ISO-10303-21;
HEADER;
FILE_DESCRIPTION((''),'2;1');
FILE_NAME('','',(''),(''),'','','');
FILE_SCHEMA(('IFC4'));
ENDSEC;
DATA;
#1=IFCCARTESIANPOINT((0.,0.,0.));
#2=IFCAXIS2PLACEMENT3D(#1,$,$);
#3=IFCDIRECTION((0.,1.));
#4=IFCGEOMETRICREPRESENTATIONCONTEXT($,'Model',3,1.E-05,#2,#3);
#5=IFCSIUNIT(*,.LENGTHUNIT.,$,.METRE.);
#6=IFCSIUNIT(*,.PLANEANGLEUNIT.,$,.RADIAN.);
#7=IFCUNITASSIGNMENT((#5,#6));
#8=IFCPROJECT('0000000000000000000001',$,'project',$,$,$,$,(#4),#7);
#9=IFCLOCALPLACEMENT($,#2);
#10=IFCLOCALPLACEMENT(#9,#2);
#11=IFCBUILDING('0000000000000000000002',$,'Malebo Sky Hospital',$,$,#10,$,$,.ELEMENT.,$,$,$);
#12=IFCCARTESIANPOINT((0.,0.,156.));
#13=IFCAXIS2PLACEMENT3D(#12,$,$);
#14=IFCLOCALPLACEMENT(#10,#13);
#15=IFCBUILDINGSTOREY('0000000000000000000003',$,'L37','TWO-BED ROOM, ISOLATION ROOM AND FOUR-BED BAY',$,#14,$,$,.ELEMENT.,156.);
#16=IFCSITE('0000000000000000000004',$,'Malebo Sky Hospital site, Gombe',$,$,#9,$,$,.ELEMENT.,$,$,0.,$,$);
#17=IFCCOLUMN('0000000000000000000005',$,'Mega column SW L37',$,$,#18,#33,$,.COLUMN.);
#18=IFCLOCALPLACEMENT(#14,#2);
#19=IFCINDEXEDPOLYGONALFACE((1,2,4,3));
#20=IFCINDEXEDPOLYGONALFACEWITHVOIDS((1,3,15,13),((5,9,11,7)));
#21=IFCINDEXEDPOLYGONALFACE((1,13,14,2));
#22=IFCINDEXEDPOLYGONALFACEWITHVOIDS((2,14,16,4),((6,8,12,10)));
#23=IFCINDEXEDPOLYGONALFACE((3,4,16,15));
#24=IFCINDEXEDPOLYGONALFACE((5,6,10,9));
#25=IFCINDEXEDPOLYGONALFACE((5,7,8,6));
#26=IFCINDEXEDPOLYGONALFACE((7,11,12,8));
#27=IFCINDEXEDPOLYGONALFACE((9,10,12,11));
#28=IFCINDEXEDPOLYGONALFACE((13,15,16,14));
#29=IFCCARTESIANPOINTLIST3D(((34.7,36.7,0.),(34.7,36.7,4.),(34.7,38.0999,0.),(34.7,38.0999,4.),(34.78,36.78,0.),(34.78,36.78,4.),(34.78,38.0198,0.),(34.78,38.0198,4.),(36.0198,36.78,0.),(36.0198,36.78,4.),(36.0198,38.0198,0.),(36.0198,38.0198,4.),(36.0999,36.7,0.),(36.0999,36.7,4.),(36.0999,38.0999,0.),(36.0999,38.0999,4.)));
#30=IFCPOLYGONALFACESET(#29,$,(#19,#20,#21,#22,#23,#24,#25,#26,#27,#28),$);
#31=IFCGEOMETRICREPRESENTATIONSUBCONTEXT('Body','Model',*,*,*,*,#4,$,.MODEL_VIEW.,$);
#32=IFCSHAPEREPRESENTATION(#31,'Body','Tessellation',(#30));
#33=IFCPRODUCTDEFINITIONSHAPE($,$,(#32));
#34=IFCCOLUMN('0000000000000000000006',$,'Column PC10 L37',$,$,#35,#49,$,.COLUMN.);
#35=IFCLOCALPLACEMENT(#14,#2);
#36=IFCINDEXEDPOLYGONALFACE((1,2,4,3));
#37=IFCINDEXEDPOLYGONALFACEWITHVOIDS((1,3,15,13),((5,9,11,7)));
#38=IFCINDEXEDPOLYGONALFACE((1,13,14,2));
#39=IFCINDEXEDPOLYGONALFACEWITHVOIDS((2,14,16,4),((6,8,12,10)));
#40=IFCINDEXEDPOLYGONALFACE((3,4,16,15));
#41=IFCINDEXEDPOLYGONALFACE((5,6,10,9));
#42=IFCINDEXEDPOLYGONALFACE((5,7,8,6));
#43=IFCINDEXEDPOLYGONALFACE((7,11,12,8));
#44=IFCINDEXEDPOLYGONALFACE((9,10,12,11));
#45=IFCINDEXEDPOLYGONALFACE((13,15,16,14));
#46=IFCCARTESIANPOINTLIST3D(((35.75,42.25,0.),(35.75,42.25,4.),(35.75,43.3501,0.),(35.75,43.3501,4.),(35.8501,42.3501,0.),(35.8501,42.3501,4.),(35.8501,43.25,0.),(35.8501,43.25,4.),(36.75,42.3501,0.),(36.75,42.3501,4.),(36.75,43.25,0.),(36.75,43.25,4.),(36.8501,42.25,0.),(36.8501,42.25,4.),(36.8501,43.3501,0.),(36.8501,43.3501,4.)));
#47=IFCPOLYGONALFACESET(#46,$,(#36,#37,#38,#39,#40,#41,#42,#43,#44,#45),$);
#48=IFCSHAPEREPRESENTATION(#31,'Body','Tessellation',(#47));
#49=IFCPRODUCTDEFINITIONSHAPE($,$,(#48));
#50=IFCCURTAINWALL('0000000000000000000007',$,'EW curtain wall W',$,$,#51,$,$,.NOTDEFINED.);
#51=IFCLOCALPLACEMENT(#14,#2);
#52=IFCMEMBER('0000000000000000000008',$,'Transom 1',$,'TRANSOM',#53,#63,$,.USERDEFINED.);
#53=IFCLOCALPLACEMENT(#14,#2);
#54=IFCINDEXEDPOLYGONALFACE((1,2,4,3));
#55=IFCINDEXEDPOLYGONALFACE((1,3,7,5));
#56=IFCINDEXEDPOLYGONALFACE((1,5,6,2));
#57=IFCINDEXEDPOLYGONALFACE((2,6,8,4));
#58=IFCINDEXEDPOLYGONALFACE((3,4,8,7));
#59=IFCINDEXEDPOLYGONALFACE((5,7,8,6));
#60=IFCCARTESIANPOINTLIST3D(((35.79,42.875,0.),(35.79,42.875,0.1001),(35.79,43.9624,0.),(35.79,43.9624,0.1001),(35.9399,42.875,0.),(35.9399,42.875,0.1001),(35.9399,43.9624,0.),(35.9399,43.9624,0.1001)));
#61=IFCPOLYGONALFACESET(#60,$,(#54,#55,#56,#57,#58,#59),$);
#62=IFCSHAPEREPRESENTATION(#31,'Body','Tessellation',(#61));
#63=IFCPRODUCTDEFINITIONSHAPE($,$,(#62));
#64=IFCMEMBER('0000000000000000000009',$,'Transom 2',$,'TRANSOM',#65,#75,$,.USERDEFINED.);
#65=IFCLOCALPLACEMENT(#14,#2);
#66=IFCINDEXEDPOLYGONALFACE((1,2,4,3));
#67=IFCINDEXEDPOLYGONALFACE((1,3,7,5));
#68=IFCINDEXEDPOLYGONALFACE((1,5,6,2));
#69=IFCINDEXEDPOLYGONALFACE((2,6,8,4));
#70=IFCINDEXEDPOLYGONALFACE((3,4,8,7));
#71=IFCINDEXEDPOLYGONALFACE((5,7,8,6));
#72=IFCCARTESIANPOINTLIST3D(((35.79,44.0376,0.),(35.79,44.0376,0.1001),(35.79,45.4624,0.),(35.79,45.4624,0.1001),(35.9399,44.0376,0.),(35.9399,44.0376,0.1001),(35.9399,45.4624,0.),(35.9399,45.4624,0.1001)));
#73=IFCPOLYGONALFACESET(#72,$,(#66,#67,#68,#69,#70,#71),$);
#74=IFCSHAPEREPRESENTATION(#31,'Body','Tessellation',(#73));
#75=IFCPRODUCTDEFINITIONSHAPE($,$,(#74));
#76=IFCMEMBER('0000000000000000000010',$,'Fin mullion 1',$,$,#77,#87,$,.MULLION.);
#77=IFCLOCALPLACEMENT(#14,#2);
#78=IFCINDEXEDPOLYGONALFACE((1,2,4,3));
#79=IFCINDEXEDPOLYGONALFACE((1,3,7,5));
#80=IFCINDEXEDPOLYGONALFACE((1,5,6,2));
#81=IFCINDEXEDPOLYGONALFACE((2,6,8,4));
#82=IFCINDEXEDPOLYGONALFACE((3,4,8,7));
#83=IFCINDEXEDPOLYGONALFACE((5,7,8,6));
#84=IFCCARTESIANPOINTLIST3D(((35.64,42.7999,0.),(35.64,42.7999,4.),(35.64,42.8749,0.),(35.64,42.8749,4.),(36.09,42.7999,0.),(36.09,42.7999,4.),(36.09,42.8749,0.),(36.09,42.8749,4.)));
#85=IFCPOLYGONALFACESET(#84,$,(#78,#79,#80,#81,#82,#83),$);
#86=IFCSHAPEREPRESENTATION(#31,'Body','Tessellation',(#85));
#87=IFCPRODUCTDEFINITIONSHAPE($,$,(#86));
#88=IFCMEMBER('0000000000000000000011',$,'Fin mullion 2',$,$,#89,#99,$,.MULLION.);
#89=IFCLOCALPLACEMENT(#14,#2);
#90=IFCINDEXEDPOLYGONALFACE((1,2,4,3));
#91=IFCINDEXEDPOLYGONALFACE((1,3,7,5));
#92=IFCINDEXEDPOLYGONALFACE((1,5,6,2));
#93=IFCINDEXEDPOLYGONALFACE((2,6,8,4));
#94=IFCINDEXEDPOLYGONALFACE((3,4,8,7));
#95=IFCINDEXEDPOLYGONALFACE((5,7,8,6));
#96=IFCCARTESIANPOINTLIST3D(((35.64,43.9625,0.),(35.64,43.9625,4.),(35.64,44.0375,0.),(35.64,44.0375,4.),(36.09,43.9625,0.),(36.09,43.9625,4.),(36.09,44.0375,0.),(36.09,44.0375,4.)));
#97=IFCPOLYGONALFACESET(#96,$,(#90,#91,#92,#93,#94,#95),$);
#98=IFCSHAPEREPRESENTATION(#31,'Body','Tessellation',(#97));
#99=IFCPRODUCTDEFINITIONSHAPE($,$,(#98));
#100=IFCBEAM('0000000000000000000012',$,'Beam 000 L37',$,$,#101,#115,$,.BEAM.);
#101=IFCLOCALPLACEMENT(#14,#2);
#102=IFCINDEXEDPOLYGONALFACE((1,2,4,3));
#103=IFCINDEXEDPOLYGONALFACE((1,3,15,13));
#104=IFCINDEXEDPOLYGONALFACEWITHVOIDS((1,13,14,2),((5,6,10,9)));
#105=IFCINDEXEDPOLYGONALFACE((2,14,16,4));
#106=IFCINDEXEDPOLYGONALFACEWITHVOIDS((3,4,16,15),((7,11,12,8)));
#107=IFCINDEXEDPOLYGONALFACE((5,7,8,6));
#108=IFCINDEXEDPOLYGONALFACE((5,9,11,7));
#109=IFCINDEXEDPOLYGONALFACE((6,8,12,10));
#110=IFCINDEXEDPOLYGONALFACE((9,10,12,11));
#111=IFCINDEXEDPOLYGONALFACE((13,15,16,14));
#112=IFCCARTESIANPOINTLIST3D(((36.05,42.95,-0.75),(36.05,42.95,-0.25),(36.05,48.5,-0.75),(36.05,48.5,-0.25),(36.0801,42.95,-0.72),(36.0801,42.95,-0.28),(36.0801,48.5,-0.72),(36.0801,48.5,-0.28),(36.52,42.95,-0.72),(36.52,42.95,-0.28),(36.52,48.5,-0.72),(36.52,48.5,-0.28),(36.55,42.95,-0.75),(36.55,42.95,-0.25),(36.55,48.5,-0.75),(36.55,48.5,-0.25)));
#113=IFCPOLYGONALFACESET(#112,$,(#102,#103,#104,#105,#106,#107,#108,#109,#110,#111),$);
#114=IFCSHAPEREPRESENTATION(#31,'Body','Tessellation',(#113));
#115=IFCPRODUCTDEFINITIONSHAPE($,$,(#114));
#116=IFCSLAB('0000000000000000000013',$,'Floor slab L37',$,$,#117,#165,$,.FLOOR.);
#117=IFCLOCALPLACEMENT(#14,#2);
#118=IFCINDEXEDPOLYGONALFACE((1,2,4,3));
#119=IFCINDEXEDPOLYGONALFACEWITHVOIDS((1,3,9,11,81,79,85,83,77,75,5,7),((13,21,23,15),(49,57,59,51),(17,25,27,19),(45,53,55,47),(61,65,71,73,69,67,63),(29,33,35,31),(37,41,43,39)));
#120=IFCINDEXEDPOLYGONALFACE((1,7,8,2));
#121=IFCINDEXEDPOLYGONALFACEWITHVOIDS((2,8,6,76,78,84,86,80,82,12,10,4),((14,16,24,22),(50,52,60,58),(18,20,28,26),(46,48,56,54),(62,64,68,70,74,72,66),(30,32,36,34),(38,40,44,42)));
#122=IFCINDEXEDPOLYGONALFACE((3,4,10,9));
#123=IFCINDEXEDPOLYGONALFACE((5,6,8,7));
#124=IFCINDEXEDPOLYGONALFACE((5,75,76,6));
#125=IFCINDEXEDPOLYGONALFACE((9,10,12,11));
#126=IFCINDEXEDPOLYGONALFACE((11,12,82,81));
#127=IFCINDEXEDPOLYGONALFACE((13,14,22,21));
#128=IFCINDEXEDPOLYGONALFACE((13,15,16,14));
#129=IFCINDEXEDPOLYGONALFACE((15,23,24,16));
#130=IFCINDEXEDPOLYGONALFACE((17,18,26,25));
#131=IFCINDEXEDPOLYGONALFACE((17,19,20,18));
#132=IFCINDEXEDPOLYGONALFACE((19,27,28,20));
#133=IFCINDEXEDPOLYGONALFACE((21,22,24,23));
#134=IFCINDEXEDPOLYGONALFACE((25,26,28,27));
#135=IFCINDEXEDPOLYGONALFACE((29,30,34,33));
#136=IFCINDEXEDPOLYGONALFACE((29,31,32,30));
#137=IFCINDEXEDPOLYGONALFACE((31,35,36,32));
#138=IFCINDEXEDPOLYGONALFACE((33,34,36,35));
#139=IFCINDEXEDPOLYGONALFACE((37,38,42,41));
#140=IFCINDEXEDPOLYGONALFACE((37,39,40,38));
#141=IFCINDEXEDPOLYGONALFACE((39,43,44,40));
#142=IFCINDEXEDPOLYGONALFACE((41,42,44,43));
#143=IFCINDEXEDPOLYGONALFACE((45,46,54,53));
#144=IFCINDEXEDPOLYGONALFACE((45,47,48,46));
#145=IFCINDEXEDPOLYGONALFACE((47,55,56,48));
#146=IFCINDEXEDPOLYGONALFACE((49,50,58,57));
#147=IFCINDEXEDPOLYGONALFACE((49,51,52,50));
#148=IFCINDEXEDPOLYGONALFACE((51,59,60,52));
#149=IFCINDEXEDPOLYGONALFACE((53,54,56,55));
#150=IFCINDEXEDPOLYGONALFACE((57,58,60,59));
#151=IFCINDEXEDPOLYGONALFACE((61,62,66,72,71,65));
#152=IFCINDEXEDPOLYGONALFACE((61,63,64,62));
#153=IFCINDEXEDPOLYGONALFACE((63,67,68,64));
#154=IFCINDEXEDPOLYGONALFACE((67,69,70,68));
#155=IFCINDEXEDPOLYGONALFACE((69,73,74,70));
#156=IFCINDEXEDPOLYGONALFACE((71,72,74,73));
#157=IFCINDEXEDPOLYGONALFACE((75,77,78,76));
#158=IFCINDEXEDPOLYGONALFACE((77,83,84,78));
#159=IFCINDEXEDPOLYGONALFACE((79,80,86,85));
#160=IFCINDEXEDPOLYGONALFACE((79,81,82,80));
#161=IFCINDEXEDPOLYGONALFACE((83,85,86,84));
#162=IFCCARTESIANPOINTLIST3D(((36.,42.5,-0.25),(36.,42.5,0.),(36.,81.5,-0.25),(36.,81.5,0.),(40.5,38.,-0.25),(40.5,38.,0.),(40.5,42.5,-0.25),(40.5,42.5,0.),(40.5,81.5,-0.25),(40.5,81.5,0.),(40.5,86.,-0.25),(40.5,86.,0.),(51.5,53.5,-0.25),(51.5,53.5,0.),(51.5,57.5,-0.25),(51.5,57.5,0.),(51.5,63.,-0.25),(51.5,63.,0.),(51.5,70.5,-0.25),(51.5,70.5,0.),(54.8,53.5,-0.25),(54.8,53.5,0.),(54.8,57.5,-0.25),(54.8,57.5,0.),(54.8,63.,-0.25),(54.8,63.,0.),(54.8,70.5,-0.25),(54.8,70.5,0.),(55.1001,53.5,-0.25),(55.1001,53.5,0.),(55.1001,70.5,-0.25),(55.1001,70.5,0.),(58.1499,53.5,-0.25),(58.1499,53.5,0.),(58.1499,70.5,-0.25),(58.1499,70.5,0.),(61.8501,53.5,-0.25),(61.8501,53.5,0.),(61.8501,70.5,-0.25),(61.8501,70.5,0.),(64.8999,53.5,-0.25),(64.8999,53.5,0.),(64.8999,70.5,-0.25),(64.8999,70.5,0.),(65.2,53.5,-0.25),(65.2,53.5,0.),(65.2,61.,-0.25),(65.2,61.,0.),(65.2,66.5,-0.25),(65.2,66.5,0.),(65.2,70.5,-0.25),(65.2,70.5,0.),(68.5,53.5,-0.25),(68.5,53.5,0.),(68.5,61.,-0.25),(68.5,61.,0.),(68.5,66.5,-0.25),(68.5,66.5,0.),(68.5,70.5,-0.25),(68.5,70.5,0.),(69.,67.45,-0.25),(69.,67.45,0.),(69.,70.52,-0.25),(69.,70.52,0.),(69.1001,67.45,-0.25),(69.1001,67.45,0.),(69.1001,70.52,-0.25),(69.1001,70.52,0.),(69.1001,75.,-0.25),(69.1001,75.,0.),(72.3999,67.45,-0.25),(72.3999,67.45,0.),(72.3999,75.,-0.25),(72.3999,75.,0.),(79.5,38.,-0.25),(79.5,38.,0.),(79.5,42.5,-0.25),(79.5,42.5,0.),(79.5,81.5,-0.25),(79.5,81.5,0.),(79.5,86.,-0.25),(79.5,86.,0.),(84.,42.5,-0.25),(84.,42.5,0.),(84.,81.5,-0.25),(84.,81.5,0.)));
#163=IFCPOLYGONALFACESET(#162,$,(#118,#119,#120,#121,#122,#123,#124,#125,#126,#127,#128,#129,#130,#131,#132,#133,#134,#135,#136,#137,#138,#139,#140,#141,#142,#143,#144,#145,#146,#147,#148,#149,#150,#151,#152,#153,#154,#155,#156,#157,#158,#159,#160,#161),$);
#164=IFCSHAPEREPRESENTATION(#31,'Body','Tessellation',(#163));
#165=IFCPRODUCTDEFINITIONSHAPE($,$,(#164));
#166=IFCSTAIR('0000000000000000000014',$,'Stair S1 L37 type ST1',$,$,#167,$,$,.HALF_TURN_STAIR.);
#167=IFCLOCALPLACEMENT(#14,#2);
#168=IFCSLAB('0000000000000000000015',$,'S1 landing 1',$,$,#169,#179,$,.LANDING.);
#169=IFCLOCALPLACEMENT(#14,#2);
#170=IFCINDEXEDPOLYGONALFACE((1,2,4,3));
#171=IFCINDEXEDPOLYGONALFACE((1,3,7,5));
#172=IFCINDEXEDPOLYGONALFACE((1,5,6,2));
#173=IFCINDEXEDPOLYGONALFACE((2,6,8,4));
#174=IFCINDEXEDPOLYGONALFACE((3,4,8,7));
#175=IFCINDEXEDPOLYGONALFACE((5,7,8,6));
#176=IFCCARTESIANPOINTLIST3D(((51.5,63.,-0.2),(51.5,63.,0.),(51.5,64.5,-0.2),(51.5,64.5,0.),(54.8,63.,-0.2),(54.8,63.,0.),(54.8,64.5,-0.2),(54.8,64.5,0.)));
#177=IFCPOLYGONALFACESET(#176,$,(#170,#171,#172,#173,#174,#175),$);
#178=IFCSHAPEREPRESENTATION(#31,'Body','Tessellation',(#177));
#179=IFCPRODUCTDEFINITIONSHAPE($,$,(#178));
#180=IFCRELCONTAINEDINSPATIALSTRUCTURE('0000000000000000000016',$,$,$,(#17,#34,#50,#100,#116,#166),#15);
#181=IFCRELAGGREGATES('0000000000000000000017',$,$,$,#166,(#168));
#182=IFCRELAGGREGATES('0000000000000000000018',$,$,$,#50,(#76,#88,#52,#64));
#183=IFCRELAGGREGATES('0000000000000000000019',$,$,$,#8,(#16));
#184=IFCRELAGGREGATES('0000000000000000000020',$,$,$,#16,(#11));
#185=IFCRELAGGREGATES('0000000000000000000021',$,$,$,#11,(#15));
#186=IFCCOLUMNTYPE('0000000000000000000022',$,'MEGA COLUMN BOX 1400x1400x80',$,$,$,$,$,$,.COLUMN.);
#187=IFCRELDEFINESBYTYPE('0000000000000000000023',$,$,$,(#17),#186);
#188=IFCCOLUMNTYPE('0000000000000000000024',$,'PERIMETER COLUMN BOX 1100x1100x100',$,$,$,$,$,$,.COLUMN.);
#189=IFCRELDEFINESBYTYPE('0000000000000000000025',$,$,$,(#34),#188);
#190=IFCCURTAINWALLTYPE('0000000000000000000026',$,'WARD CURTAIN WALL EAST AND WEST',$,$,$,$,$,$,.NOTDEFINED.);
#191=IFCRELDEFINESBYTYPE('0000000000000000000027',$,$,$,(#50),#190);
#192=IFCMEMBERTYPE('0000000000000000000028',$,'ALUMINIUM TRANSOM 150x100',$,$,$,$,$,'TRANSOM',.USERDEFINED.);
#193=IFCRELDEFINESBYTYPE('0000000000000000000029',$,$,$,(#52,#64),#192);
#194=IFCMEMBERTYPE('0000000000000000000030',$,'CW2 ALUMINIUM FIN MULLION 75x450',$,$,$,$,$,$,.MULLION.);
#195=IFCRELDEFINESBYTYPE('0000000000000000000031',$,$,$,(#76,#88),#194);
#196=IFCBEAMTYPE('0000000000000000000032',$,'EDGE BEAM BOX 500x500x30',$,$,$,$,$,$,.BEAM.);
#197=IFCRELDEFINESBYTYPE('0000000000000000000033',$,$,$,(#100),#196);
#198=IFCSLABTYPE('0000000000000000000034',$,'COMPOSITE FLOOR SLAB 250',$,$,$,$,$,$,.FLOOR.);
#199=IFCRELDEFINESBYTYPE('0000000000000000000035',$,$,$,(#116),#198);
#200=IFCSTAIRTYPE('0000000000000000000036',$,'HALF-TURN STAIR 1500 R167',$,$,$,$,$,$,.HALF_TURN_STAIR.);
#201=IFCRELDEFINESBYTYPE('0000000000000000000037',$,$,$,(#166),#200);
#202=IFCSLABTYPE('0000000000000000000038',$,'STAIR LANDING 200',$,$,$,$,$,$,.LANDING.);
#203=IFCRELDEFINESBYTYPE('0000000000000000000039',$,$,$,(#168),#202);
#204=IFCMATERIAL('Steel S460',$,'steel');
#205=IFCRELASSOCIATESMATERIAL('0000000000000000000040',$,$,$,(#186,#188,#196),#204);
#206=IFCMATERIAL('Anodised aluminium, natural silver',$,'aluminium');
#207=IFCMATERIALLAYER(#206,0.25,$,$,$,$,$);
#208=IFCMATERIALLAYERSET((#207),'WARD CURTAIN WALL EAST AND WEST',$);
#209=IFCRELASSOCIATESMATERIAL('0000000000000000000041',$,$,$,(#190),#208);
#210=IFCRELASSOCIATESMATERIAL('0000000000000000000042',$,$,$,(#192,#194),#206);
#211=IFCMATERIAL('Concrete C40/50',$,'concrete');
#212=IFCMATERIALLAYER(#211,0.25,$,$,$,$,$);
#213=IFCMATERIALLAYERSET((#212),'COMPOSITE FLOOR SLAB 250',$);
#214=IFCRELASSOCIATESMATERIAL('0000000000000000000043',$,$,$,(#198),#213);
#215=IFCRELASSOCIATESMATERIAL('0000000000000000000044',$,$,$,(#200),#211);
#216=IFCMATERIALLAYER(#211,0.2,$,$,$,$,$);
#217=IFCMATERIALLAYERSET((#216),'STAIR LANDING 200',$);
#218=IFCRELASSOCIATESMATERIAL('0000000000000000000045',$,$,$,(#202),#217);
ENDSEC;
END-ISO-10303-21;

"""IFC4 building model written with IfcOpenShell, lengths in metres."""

from ifc_helpers import new_model, si_unit, direction, frame, origin, origin_2d, place, context, subcontext, project, spatial, polyline, rectangle, hollow_rectangle, outline, extrude, material, layer, layer_set, material_profile, profile_set, type_object, element, aggregate, save


model = new_model("IFC4")

# Units and contexts
model_context = context("Model", 3, precision=1e-05, world=origin(), true_north=direction((0.0, 1.0)))
body_context = subcontext(model_context, "Body", "Model", "MODEL_VIEW")
ifc_project = project(units=[si_unit("LENGTHUNIT", "METRE"), si_unit("PLANEANGLEUNIT", "RADIAN")], contexts=[model_context])

# Site, building, storey
site_placement = place(None, origin())
site = spatial("IfcSite", under=ifc_project, at=site_placement, Name="Malebo Sky Hospital site, Gombe", CompositionType="ELEMENT", RefElevation=0.0)
building_placement = place(site_placement, origin())
building = spatial("IfcBuilding", under=site, at=building_placement, Name="Malebo Sky Hospital", CompositionType="ELEMENT")
storey_placement = place(building_placement, frame((0.0, 0.0, 156.0)))
storey = spatial("IfcBuildingStorey", under=building, at=storey_placement, Name="L37", Description="TWO-BED ROOM, ISOLATION ROOM AND FOUR-BED BAY", CompositionType="ELEMENT", Elevation=156.0)

# Columns
ifc_material_1 = material(Name="Steel S460", Category="steel")
ifc_material_profile_1 = material_profile(ifc_material_1, hollow_rectangle(XDim=1.3999, YDim=1.3999, WallThickness=0.0801, at=origin_2d()), Name="BOX 1400x1400x80")
ifc_profile_set_1 = profile_set([ifc_material_profile_1], Name="Steel S460")
column_type_1 = type_object("IfcColumnType", Name="MEGA COLUMN BOX 1400x1400x80", PredefinedType="COLUMN", material=ifc_profile_set_1)
column_1_placement = place(storey_placement, frame((35.3999, 37.3999, 0.0), z_axis=(0.0, 0.0, 1.0), x_axis=(1.0, 0.0, 0.0)))
element("IfcColumn", 1, at=column_1_placement, inside=storey, type_object=column_type_1, Name="Mega column SW L37", PredefinedType="COLUMN", context=body_context, shape_type="SweptSolid", body=[
    extrude(hollow_rectangle(XDim=1.3999, YDim=1.3999, WallThickness=0.0801, at=origin_2d()), origin(), (0.0, 0.0, 1.0), 4.0),
])
ifc_material_profile_2 = material_profile(ifc_material_1, hollow_rectangle(XDim=1.1001, YDim=1.1001, WallThickness=0.1001, at=origin_2d()), Name="BOX 1100x1100x100")
ifc_profile_set_2 = profile_set([ifc_material_profile_2], Name="Steel S460")
column_type_2 = type_object("IfcColumnType", Name="PERIMETER COLUMN BOX 1100x1100x100", PredefinedType="COLUMN", material=ifc_profile_set_2)
column_2_placement = place(storey_placement, frame((36.3, 42.8, 0.0), z_axis=(0.0, 0.0, 1.0), x_axis=(1.0, 0.0, 0.0)))
element("IfcColumn", 2, at=column_2_placement, inside=storey, type_object=column_type_2, Name="Column PC10 L37", PredefinedType="COLUMN", context=body_context, shape_type="SweptSolid", body=[
    extrude(hollow_rectangle(XDim=1.1001, YDim=1.1001, WallThickness=0.1001, at=origin_2d()), origin(), (0.0, 0.0, 1.0), 4.0),
])

# Curtain wall, members
ifc_material_2 = material(Name="Anodised aluminium, natural silver", Category="aluminium")
ifc_layer_1 = layer(ifc_material_2, 0.25)
ifc_layer_set_1 = layer_set([ifc_layer_1], Name="WARD CURTAIN WALL EAST AND WEST")
curtain_wall_type = type_object("IfcCurtainWallType", Name="WARD CURTAIN WALL EAST AND WEST", PredefinedType="NOTDEFINED", material=ifc_layer_set_1)
curtain_wall_placement = place(storey_placement, origin())
curtain_wall = element("IfcCurtainWall", 3, at=curtain_wall_placement, inside=storey, type_object=curtain_wall_type, Name="EW curtain wall W", PredefinedType="NOTDEFINED")
ifc_material_profile_3 = material_profile(ifc_material_2, rectangle(XDim=0.1499, YDim=0.1001, at=origin_2d()), Name="ALUMINIUM TRANSOM 150x100")
ifc_profile_set_3 = profile_set([ifc_material_profile_3], Name="Anodised aluminium, natural silver")
member_type_1 = type_object("IfcMemberType", Name="ALUMINIUM TRANSOM 150x100", ElementType="TRANSOM", PredefinedType="USERDEFINED", material=ifc_profile_set_3)
member_1_placement = place(storey_placement, frame((35.865, 42.875, 0.05), z_axis=(0.0, 1.0, 0.0), x_axis=(-1.0, 0.0, 0.0)))
member_1 = element("IfcMember", 4, at=member_1_placement, type_object=member_type_1, Name="Transom 1", ObjectType="TRANSOM", PredefinedType="USERDEFINED", context=body_context, shape_type="SweptSolid", body=[
    extrude(rectangle(XDim=0.1499, YDim=0.1001, at=origin_2d()), origin(), (0.0, 0.0, 1.0), 1.0874),
])
member_2_placement = place(storey_placement, frame((35.865, 44.0376, 0.05), z_axis=(0.0, 1.0, 0.0), x_axis=(-1.0, 0.0, 0.0)))
member_2 = element("IfcMember", 5, at=member_2_placement, type_object=member_type_1, Name="Transom 2", ObjectType="TRANSOM", PredefinedType="USERDEFINED", context=body_context, shape_type="SweptSolid", body=[
    extrude(rectangle(XDim=0.1499, YDim=0.1001, at=origin_2d()), origin(), (0.0, 0.0, 1.0), 1.4248),
])
ifc_material_profile_4 = material_profile(ifc_material_2, rectangle(XDim=0.075, YDim=0.45, at=origin_2d()), Name="CW2 ALUMINIUM FIN MULLION 75x450")
ifc_profile_set_4 = profile_set([ifc_material_profile_4], Name="Anodised aluminium, natural silver")
member_type_2 = type_object("IfcMemberType", Name="CW2 ALUMINIUM FIN MULLION 75x450", PredefinedType="MULLION", material=ifc_profile_set_4)
member_3_placement = place(storey_placement, frame((35.865, 42.8374, 0.0), z_axis=(0.0, 0.0, 1.0), x_axis=(0.0, 1.0, 0.0)))
member_3 = element("IfcMember", 6, at=member_3_placement, type_object=member_type_2, Name="Fin mullion 1", PredefinedType="MULLION", context=body_context, shape_type="SweptSolid", body=[
    extrude(rectangle(XDim=0.075, YDim=0.45, at=origin_2d()), origin(), (0.0, 0.0, 1.0), 4.0),
])
member_4_placement = place(storey_placement, frame((35.865, 44.0, 0.0), z_axis=(0.0, 0.0, 1.0), x_axis=(0.0, 1.0, 0.0)))
member_4 = element("IfcMember", 7, at=member_4_placement, type_object=member_type_2, Name="Fin mullion 2", PredefinedType="MULLION", context=body_context, shape_type="SweptSolid", body=[
    extrude(rectangle(XDim=0.075, YDim=0.45, at=origin_2d()), origin(), (0.0, 0.0, 1.0), 4.0),
])

# Beam
ifc_material_profile_5 = material_profile(ifc_material_1, hollow_rectangle(XDim=0.5, YDim=0.5, WallThickness=0.03, at=origin_2d()), Name="BOX 500x500x30")
ifc_profile_set_5 = profile_set([ifc_material_profile_5], Name="Steel S460")
beam_type = type_object("IfcBeamType", Name="EDGE BEAM BOX 500x500x30", PredefinedType="BEAM", material=ifc_profile_set_5)
beam_placement = place(storey_placement, frame((36.3, 42.95, -0.5), z_axis=(0.0, 1.0, 0.0), x_axis=(-1.0, 0.0, 0.0)))
element("IfcBeam", 8, at=beam_placement, inside=storey, type_object=beam_type, Name="Beam 000 L37", PredefinedType="BEAM", context=body_context, shape_type="SweptSolid", body=[
    extrude(hollow_rectangle(XDim=0.5, YDim=0.5, WallThickness=0.03, at=origin_2d()), origin(), (0.0, 0.0, 1.0), 5.55),
])

# Slab
ifc_material_3 = material(Name="Concrete C40/50", Category="concrete")
ifc_layer_2 = layer(ifc_material_3, 0.25)
ifc_layer_set_2 = layer_set([ifc_layer_2], Name="COMPOSITE FLOOR SLAB 250")
slab_type_1 = type_object("IfcSlabType", Name="COMPOSITE FLOOR SLAB 250", PredefinedType="FLOOR", material=ifc_layer_set_2)
slab_1_placement = place(storey_placement, frame((0.0, 0.0, -0.25)))
element("IfcSlab", 9, at=slab_1_placement, inside=storey, type_object=slab_type_1, Name="Floor slab L37", PredefinedType="FLOOR", context=body_context, shape_type="SweptSolid", body=[
    extrude(outline(polyline([(40.5, 86.0), (40.5, 81.5), (36.0, 81.5), (36.0, 42.5), (40.5, 42.5), (40.5, 38.0), (79.5, 38.0), (79.5, 42.5), (84.0, 42.5), (84.0, 81.5), (79.5, 81.5), (79.5, 86.0), (40.5, 86.0)]), holes=[polyline([(55.1001, 70.5), (58.1499, 70.5), (58.1499, 53.5), (55.1001, 53.5), (55.1001, 70.5)]), polyline([(64.8999, 70.5), (64.8999, 53.5), (61.8501, 53.5), (61.8501, 70.5), (64.8999, 70.5)]), polyline([(54.8, 63.0), (51.5, 63.0), (51.5, 70.5), (54.8, 70.5), (54.8, 63.0)]), polyline([(51.5, 53.5), (51.5, 57.5), (54.8, 57.5), (54.8, 53.5), (51.5, 53.5)]), polyline([(65.2, 61.0), (68.5, 61.0), (68.5, 53.5), (65.2, 53.5), (65.2, 61.0)]), polyline([(68.5, 70.5), (68.5, 66.5), (65.2, 66.5), (65.2, 70.5), (68.5, 70.5)]), polyline([(69.0, 67.45), (69.0, 70.52), (69.1001, 70.52), (69.1001, 75.0), (72.3999, 75.0), (72.3999, 67.45), (69.1001, 67.45), (69.0, 67.45)])]), origin(), (0.0, 0.0, 1.0), 0.25),
])

# Stair, slab
stair_type_1 = type_object("IfcStairType", Name="HALF-TURN STAIR 1500 R167", PredefinedType="HALF_TURN_STAIR", material=ifc_material_3)
stair_1_placement = place(storey_placement, origin())
stair_1 = element("IfcStair", 10, at=stair_1_placement, inside=storey, type_object=stair_type_1, Name="Stair S1 L37 type ST1", PredefinedType="HALF_TURN_STAIR")
ifc_layer_3 = layer(ifc_material_3, 0.2)
ifc_layer_set_3 = layer_set([ifc_layer_3], Name="STAIR LANDING 200")
slab_type_2 = type_object("IfcSlabType", Name="STAIR LANDING 200", PredefinedType="LANDING", material=ifc_layer_set_3)
slab_2_placement = place(storey_placement, frame((0.0, 0.0, -0.2)))
slab_2 = element("IfcSlab", 11, at=slab_2_placement, type_object=slab_type_2, Name="S1 landing 1", PredefinedType="LANDING", context=body_context, shape_type="SweptSolid", body=[
    extrude(outline(polyline([(51.5, 63.0), (54.8, 63.0), (54.8, 64.5), (51.5, 64.5), (51.5, 63.0)])), origin(), (0.0, 0.0, 1.0), 0.2),
])
aggregate(stair_1, [slab_2])

aggregate(curtain_wall, [member_3, member_4, member_1, member_2])

save(model, "model.ifc")
